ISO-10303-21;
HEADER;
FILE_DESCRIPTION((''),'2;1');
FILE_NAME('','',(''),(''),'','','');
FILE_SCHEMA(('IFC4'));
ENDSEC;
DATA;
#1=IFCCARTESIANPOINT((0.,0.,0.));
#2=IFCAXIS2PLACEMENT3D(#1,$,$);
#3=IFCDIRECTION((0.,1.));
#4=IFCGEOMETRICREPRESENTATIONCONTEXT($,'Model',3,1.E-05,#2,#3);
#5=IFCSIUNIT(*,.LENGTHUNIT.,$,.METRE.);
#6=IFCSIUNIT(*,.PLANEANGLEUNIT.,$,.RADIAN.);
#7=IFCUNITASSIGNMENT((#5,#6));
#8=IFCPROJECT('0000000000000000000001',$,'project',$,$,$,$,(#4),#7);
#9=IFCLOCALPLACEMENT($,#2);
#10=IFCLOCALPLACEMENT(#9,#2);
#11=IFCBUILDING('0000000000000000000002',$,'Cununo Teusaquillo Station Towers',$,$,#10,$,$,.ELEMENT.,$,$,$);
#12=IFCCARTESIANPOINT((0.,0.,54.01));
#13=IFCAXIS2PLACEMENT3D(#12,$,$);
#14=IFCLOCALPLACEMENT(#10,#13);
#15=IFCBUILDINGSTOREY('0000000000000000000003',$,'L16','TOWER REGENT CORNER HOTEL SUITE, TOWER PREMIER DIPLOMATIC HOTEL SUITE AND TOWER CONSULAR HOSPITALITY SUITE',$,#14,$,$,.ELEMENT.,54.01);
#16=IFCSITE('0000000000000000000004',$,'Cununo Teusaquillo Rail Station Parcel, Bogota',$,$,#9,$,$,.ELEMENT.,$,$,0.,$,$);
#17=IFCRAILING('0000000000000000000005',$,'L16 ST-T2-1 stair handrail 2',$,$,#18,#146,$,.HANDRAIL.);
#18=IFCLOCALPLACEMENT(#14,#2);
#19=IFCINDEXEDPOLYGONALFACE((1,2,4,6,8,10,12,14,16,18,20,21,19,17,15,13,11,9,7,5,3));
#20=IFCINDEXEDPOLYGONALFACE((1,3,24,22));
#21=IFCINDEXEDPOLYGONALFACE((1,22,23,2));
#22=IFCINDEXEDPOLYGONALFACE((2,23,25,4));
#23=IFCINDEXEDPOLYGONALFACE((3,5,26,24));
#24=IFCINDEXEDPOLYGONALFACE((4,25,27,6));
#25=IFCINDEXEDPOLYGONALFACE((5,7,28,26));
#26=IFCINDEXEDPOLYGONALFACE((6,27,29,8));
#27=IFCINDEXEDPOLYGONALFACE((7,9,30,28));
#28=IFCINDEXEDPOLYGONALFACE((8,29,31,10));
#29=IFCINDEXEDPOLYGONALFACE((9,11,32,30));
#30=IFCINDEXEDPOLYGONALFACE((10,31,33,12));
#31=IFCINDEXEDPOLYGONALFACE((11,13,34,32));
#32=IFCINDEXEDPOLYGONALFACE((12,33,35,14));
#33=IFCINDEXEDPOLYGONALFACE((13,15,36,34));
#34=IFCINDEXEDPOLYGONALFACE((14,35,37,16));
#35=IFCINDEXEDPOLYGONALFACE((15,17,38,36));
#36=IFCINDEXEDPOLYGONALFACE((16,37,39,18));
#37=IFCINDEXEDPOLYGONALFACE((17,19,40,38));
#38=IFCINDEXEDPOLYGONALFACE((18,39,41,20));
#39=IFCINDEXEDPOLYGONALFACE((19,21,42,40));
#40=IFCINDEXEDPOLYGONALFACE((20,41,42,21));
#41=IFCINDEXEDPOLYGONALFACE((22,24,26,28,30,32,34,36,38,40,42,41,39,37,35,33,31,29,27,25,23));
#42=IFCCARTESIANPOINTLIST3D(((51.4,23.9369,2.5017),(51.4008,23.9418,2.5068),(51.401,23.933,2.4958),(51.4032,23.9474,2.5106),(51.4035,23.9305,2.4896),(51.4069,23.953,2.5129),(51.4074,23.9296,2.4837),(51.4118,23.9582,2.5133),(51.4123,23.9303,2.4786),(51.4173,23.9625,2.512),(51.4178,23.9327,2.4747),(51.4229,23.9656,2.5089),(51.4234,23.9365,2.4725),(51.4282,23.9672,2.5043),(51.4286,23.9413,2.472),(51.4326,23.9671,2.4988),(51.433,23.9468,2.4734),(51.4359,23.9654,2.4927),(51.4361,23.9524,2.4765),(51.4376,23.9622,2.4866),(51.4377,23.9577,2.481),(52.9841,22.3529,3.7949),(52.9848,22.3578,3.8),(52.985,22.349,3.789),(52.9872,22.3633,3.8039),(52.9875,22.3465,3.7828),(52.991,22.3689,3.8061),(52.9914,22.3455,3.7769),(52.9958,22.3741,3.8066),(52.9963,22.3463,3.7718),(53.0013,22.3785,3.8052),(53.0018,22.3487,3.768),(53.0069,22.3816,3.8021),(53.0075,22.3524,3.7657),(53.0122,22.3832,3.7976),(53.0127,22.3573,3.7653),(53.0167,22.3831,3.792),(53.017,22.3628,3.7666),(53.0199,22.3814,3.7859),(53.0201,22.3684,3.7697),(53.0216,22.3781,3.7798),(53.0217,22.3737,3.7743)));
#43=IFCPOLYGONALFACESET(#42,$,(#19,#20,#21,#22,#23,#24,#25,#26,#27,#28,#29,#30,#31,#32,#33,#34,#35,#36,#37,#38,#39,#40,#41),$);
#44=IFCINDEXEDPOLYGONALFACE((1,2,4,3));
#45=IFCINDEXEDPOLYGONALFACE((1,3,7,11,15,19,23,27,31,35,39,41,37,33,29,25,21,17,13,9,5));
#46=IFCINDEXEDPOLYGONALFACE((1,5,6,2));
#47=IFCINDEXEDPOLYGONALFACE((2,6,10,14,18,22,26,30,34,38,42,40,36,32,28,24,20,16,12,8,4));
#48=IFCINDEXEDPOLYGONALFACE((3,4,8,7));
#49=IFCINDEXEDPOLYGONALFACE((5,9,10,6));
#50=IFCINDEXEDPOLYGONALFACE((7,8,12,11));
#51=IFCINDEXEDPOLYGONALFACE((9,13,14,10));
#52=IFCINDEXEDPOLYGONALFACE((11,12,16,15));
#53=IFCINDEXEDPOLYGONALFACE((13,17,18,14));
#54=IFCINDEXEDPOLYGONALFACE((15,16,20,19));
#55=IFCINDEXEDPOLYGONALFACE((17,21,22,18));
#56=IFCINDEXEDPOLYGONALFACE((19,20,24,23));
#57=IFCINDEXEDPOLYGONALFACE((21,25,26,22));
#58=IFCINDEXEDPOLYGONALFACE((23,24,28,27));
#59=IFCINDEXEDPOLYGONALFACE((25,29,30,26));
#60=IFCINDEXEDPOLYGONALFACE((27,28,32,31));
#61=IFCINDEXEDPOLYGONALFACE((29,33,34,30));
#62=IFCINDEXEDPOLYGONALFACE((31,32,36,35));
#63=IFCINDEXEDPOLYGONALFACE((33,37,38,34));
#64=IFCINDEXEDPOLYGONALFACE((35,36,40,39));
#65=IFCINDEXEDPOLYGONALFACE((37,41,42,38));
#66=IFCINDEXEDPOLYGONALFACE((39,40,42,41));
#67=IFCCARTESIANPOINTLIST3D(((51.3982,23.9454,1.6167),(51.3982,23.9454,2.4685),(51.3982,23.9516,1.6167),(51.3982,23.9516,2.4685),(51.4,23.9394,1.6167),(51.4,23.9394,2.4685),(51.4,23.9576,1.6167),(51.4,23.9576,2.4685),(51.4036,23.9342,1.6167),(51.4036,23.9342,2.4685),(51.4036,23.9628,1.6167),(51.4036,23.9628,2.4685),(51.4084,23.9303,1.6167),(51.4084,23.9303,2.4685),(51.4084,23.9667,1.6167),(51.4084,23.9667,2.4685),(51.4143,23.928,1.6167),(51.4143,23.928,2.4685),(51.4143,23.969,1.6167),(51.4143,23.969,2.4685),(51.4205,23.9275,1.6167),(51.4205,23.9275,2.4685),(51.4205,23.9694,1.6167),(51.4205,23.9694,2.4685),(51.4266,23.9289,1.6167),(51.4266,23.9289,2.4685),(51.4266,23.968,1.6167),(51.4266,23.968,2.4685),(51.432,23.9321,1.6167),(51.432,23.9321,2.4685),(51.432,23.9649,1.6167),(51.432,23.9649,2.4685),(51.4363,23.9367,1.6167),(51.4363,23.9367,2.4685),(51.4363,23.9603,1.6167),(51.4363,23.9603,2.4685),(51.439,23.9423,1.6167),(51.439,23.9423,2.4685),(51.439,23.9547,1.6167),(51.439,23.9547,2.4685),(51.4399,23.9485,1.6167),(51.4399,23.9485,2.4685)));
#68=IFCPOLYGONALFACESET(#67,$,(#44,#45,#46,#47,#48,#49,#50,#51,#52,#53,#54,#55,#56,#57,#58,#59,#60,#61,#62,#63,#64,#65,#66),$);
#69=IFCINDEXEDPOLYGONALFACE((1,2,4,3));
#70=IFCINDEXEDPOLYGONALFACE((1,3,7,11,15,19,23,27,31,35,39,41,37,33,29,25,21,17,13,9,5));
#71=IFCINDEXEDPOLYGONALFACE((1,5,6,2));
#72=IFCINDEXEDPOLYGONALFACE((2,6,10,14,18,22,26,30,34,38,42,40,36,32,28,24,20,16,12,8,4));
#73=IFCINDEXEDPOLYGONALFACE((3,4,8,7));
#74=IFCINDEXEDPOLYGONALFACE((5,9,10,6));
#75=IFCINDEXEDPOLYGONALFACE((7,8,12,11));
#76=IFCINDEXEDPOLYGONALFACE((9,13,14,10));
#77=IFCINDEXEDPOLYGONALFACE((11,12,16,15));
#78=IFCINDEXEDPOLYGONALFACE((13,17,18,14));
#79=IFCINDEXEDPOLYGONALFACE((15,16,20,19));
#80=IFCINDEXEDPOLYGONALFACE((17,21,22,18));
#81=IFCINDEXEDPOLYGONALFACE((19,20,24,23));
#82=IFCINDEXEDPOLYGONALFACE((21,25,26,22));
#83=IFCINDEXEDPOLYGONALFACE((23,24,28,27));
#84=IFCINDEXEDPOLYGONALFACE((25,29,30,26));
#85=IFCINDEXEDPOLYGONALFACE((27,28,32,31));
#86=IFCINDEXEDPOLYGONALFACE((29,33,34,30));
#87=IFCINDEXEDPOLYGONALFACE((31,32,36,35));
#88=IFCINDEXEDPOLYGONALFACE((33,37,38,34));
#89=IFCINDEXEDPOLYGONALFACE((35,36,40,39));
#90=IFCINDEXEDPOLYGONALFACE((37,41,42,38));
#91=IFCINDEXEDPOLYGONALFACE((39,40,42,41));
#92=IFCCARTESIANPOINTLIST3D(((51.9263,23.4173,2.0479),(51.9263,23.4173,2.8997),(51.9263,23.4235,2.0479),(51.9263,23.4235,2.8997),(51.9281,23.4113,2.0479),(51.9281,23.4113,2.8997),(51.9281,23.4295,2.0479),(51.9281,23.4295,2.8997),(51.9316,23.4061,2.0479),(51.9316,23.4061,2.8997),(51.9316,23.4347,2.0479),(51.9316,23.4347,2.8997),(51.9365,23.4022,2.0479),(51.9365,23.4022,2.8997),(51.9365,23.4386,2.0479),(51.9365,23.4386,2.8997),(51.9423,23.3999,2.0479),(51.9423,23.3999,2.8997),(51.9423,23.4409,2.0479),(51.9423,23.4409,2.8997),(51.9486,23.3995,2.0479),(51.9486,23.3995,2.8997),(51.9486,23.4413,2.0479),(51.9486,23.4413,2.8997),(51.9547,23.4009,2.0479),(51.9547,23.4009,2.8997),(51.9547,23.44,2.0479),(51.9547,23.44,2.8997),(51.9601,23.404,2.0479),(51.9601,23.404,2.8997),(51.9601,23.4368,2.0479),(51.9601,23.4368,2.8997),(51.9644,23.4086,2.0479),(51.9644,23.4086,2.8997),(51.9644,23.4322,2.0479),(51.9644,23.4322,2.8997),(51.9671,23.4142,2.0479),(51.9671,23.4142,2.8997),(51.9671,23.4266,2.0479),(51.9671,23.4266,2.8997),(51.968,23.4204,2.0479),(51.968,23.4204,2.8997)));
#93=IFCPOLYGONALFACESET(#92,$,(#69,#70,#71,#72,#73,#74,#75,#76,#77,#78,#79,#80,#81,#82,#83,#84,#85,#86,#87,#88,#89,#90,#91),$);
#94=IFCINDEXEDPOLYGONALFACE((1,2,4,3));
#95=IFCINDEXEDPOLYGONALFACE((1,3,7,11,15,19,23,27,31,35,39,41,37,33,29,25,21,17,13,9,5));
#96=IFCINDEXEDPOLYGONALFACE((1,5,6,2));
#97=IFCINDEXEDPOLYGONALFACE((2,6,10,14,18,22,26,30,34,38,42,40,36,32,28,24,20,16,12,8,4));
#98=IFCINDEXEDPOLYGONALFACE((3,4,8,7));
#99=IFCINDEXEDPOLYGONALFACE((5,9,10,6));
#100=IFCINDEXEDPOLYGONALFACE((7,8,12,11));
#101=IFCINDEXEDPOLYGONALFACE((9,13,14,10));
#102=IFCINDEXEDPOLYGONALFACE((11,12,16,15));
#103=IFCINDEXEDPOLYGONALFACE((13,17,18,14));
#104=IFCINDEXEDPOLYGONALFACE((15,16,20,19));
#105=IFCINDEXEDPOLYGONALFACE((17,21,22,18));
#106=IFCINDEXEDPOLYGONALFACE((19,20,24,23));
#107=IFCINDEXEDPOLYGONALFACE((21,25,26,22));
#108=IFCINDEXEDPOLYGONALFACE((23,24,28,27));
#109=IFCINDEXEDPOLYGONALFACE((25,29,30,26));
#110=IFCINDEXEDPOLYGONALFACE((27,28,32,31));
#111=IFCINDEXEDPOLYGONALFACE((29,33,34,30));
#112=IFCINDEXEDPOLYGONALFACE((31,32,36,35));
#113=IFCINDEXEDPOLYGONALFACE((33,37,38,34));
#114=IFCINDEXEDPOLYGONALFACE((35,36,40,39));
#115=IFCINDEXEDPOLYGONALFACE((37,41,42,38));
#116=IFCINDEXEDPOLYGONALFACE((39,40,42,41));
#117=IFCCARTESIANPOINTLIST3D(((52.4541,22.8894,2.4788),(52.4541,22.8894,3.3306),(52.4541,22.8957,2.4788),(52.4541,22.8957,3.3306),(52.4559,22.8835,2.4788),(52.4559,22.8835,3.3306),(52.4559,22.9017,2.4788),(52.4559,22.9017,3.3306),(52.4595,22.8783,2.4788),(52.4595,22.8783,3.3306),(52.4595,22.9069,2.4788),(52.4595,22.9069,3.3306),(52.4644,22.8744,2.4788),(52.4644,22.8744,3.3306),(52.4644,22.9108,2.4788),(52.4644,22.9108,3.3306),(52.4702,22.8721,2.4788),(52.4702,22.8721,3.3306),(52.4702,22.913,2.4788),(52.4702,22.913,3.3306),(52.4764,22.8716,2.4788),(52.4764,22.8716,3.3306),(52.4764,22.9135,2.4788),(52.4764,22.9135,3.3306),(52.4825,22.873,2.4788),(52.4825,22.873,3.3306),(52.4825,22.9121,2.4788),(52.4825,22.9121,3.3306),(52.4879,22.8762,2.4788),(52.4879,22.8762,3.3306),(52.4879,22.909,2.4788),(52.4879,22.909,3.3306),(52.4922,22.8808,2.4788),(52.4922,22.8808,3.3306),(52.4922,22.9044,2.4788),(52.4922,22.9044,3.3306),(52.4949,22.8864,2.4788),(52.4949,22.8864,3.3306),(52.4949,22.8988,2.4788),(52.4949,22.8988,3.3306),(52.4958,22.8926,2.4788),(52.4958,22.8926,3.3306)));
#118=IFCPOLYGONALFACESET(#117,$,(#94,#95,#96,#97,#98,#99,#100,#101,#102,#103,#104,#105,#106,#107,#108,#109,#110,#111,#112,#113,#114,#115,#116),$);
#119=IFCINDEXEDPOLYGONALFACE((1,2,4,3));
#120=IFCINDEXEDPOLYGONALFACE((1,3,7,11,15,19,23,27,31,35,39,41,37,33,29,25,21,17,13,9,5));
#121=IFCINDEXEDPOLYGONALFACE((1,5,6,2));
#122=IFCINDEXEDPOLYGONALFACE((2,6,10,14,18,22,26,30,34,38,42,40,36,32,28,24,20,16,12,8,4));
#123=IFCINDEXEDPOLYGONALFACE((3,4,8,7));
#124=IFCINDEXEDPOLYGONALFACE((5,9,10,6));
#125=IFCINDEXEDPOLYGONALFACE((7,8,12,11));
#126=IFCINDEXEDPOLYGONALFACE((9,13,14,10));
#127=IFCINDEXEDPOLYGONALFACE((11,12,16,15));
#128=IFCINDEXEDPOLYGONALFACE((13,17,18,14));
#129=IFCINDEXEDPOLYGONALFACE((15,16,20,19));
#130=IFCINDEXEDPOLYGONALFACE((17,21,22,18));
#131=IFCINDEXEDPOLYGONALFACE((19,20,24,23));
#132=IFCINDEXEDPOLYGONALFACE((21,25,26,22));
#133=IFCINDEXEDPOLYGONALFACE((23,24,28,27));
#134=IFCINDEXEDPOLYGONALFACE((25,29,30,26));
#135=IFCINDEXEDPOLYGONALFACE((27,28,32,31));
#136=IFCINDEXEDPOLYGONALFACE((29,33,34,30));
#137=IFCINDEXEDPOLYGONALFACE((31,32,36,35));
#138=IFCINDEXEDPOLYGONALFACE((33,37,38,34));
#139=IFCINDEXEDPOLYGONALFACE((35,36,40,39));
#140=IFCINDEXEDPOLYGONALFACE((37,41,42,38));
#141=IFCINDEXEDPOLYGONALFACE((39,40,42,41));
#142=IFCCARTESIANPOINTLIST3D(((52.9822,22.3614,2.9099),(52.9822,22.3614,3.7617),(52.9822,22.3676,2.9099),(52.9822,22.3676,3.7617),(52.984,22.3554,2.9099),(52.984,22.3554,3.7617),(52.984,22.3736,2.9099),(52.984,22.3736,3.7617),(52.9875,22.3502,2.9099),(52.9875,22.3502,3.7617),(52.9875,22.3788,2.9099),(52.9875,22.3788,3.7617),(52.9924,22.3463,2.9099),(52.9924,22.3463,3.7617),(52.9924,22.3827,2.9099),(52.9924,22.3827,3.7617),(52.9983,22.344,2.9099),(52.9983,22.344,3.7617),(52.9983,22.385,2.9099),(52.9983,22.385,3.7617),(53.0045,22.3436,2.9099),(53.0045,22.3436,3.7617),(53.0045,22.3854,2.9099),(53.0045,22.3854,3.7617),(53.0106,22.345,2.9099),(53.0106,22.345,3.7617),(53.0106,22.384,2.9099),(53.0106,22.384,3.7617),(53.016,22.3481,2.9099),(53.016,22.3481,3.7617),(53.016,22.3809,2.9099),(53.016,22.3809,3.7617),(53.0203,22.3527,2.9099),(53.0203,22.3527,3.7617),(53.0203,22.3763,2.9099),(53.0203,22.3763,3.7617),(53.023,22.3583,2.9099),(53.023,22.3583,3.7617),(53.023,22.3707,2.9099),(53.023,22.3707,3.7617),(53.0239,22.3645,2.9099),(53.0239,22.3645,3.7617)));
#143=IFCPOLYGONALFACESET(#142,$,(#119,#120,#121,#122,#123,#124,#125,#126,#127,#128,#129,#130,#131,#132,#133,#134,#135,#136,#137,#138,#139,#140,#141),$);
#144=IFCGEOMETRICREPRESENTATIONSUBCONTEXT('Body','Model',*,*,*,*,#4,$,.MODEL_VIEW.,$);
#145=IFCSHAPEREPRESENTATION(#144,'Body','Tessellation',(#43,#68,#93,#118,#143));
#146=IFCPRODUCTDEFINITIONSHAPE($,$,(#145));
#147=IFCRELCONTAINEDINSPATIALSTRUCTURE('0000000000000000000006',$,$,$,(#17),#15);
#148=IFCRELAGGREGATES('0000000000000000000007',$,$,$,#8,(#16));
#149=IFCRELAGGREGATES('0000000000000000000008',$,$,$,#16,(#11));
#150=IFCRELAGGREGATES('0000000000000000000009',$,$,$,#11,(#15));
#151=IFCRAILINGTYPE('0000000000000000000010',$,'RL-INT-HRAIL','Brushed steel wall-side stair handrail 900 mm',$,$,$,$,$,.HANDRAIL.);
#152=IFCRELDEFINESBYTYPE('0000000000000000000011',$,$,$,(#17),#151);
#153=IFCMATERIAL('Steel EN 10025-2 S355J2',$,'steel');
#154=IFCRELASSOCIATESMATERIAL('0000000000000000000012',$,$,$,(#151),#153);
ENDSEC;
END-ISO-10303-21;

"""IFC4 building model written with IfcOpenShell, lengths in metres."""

from ifc_helpers import new_model, si_unit, direction, frame, origin, origin_2d, place, context, subcontext, project, spatial, circle, extrude, material, type_object, element, save


model = new_model("IFC4")

# Units and contexts
model_context = context("Model", 3, precision=1e-05, world=origin(), true_north=direction((0.0, 1.0)))
body_context = subcontext(model_context, "Body", "Model", "MODEL_VIEW")
ifc_project = project(units=[si_unit("LENGTHUNIT", "METRE"), si_unit("PLANEANGLEUNIT", "RADIAN")], contexts=[model_context])

# Site, building, storey
site_placement = place(None, origin())
site = spatial("IfcSite", under=ifc_project, at=site_placement, Name="Cununo Teusaquillo Rail Station Parcel, Bogota", CompositionType="ELEMENT", RefElevation=0.0)
building_placement = place(site_placement, origin())
building = spatial("IfcBuilding", under=site, at=building_placement, Name="Cununo Teusaquillo Station Towers", CompositionType="ELEMENT")
storey_placement = place(building_placement, frame((0.0, 0.0, 54.01)))
storey = spatial("IfcBuildingStorey", under=building, at=storey_placement, Name="L16", Description="TOWER REGENT CORNER HOTEL SUITE, TOWER PREMIER DIPLOMATIC HOTEL SUITE AND TOWER CONSULAR HOSPITALITY SUITE", CompositionType="ELEMENT", Elevation=54.01)

# Railing
ifc_material_1 = material(Name="Steel EN 10025-2 S355J2", Category="steel")
railing_type = type_object("IfcRailingType", Name="RL-INT-HRAIL", Description="Brushed steel wall-side stair handrail 900 mm", PredefinedType="HANDRAIL", material=ifc_material_1)
railing_placement = place(storey_placement, frame((51.4189, 23.9485, 1.6167)))
element("IfcRailing", 1, at=railing_placement, inside=storey, type_object=railing_type, Name="L16 ST-T2-1 stair handrail 2", PredefinedType="HANDRAIL", context=body_context, shape_type="SweptSolid", body=[
    extrude(circle(Radius=0.0239, at=origin_2d()), frame((0.0, 0.0, 0.876), z_axis=(0.612385, -0.612385, 0.49997), x_axis=(0.707107, 0.707107, 0.0)), (0.0, 0.0, 1.0), 2.5867),
    extrude(circle(Radius=0.021, at=origin_2d()), origin(), (0.0, 0.0, 1.0), 0.8518),
    extrude(circle(Radius=0.021, at=origin_2d()), frame((0.5281, -0.5281, 0.4312)), (0.0, 0.0, 1.0), 0.8518),
    extrude(circle(Radius=0.021, at=origin_2d()), frame((1.0559, -1.0559, 0.8621)), (0.0, 0.0, 1.0), 0.8518),
    extrude(circle(Radius=0.021, at=origin_2d()), frame((1.584, -1.584, 1.2932)), (0.0, 0.0, 1.0), 0.8518),
])

save(model, "model.ifc")
